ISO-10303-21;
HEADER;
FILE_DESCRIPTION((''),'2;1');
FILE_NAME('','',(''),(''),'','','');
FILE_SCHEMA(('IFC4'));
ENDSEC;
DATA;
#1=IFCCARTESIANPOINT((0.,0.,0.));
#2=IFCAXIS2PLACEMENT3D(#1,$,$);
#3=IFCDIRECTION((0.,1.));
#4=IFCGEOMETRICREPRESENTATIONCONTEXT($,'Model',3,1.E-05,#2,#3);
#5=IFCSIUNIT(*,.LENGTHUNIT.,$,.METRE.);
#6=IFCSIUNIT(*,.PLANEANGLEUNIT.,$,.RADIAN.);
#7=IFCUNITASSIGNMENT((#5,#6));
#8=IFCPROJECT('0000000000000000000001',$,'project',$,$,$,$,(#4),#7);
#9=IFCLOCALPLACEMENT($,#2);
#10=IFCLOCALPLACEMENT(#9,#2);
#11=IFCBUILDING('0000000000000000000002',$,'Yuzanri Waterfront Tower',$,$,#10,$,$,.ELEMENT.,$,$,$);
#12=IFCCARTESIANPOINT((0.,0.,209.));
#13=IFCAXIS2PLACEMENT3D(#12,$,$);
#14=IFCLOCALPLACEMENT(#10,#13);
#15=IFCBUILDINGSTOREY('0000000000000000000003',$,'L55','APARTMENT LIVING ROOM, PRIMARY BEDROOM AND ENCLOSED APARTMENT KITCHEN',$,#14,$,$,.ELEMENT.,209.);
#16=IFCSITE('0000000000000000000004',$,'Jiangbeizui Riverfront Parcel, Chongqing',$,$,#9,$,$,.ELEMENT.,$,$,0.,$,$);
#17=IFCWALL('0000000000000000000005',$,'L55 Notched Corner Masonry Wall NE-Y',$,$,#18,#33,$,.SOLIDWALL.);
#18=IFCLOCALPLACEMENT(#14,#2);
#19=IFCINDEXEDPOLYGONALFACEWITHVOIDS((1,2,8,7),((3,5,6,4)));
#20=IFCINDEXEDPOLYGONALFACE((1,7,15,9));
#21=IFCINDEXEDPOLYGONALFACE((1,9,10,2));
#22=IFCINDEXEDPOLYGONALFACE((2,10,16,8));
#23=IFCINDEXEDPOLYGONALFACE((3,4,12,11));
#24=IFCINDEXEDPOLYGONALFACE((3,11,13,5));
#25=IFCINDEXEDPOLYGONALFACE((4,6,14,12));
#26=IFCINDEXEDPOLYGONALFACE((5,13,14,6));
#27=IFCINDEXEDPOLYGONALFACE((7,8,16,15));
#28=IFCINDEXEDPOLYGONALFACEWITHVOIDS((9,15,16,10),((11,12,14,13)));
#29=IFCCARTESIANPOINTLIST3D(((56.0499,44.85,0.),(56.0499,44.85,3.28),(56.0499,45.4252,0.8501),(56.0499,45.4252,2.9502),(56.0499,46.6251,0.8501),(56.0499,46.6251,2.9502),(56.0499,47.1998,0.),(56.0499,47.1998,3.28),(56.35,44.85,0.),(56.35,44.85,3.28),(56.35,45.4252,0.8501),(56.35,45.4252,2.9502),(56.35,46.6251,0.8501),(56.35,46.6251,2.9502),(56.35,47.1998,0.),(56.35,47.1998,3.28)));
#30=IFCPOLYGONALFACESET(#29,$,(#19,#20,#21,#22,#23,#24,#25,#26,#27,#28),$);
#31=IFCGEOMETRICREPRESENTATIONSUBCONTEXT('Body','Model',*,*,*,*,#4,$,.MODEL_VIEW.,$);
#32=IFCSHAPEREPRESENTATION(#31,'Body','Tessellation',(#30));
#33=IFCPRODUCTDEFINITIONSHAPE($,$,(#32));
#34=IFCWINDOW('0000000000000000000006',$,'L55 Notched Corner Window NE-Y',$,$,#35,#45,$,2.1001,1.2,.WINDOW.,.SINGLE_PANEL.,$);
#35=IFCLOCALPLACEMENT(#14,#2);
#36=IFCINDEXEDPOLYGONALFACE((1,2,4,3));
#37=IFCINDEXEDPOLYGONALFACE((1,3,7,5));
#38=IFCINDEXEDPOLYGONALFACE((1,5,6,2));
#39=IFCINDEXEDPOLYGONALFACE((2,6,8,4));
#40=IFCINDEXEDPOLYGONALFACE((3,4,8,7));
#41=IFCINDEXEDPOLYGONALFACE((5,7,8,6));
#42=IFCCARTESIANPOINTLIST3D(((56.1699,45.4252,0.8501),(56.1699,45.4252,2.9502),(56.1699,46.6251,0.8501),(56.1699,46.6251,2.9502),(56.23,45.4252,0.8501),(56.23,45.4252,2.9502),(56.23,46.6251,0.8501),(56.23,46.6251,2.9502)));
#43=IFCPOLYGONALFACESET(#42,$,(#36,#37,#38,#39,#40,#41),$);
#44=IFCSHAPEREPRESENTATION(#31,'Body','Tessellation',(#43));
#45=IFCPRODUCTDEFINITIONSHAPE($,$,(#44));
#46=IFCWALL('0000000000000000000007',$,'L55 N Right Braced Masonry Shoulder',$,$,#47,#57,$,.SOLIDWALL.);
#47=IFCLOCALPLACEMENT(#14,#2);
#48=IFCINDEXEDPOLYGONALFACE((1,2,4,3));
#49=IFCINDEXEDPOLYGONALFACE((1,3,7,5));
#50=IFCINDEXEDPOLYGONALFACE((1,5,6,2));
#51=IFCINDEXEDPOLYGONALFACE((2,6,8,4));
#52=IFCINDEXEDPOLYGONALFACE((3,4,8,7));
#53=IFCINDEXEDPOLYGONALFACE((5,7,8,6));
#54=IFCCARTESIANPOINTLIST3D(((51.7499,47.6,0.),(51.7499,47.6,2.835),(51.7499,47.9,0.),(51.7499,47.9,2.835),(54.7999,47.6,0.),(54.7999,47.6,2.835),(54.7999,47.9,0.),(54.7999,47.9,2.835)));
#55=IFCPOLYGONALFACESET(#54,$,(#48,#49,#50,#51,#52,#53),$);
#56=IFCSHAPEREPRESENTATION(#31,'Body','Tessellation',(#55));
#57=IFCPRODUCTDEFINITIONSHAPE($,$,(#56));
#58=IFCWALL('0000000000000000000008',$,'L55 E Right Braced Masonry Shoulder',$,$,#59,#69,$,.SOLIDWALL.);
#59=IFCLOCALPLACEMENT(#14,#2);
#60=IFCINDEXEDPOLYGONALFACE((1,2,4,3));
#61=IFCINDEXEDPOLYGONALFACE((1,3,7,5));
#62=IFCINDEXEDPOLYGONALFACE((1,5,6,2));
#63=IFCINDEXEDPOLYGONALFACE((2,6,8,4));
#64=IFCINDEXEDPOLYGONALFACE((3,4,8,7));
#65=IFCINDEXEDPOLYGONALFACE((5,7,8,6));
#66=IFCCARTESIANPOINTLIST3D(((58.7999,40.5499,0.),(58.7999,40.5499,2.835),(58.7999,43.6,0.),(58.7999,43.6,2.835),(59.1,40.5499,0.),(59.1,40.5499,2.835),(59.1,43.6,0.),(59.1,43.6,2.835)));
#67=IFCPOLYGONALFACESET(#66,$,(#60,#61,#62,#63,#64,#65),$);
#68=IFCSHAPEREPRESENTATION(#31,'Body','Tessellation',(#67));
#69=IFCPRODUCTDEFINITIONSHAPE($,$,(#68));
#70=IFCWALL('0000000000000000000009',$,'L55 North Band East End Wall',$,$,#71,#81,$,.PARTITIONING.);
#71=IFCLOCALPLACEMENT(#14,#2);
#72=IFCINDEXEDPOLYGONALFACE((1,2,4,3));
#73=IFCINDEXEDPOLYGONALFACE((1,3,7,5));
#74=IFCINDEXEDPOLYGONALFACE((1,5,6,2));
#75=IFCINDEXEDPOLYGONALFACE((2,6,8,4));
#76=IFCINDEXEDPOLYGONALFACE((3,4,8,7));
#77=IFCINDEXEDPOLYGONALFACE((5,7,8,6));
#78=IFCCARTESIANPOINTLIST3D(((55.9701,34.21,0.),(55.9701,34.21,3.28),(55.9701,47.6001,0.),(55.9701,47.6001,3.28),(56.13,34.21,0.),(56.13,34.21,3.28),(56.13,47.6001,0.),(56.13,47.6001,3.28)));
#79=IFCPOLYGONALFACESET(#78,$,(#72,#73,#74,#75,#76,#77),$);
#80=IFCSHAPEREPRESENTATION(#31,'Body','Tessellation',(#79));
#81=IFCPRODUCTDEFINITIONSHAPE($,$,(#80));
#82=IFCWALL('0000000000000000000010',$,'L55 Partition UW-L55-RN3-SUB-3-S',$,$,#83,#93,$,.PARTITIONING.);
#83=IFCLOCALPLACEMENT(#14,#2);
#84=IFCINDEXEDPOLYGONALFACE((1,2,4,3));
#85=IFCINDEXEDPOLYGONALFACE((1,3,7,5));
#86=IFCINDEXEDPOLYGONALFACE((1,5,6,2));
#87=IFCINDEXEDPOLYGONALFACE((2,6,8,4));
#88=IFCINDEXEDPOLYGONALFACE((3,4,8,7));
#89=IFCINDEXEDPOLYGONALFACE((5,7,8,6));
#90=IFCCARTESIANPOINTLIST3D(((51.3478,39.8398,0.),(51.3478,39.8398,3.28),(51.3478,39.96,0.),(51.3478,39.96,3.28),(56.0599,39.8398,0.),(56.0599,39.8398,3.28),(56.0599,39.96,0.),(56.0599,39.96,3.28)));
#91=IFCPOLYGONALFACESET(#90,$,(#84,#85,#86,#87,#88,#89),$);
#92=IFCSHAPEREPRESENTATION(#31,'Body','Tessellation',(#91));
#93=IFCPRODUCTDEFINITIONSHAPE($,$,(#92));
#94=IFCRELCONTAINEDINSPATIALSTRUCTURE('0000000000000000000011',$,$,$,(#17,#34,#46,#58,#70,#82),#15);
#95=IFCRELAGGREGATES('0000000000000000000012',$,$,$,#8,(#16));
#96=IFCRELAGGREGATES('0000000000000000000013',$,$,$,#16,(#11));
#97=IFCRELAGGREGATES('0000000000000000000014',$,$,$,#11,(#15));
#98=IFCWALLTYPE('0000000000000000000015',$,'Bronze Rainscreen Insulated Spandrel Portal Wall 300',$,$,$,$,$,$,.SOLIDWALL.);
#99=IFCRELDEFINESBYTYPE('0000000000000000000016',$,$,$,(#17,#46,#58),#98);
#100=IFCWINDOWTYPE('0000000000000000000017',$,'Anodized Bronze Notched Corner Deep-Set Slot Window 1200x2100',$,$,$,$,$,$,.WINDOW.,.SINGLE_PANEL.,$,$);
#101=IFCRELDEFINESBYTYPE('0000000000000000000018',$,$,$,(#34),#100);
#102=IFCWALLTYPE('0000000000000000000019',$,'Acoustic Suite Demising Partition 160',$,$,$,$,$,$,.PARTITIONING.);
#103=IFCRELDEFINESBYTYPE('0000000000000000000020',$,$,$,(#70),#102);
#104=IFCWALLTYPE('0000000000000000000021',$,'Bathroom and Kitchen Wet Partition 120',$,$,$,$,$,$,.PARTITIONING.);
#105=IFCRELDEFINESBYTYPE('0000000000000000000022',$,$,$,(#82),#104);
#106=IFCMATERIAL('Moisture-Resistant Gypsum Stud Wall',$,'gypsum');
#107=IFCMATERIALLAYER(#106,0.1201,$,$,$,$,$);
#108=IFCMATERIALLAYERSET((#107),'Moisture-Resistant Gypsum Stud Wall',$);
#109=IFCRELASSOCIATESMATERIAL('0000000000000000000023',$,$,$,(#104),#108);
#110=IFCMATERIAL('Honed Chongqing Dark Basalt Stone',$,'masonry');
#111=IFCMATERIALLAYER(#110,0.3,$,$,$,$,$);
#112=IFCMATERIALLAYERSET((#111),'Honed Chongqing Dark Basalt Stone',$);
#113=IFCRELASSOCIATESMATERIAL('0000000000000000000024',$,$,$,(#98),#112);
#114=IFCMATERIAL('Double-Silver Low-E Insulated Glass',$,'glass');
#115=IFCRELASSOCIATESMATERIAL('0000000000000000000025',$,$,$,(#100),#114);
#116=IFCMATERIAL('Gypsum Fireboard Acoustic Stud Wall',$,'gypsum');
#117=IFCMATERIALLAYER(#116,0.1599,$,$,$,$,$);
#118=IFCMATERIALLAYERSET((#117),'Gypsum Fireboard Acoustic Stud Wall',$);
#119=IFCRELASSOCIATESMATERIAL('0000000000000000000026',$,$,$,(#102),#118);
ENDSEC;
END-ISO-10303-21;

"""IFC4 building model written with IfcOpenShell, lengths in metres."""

from ifc_helpers import new_model, si_unit, direction, frame, frame_2d, origin, place, context, subcontext, project, spatial, rectangle, extrude, source, transform, mapped, material, layer, layer_set, type_object, element, fill, save


model = new_model("IFC4")

# Units and contexts
model_context = context("Model", 3, precision=1e-05, world=origin(), true_north=direction((0.0, 1.0)))
body_context = subcontext(model_context, "Body", "Model", "MODEL_VIEW")
ifc_project = project(units=[si_unit("LENGTHUNIT", "METRE"), si_unit("PLANEANGLEUNIT", "RADIAN")], contexts=[model_context])

# Site, building, storey
site_placement = place(None, origin())
site = spatial("IfcSite", under=ifc_project, at=site_placement, Name="Jiangbeizui Riverfront Parcel, Chongqing", CompositionType="ELEMENT", RefElevation=0.0)
building_placement = place(site_placement, origin())
building = spatial("IfcBuilding", under=site, at=building_placement, Name="Yuzanri Waterfront Tower", CompositionType="ELEMENT")
storey_placement = place(building_placement, frame((0.0, 0.0, 209.0)))
storey = spatial("IfcBuildingStorey", under=building, at=storey_placement, Name="L55", Description="APARTMENT LIVING ROOM, PRIMARY BEDROOM AND ENCLOSED APARTMENT KITCHEN", CompositionType="ELEMENT", Elevation=209.0)

# Shared definitions
ifc_material_1 = material(Name="Moisture-Resistant Gypsum Stud Wall", Category="gypsum")
ifc_layer_1 = layer(ifc_material_1, 0.1201)
ifc_layer_set_1 = layer_set([ifc_layer_1], Name="Moisture-Resistant Gypsum Stud Wall")
wall_type_1 = type_object("IfcWallType", Name="Bathroom and Kitchen Wet Partition 120", PredefinedType="PARTITIONING", material=ifc_layer_set_1)

# Wall, opening, window
ifc_material_2 = material(Name="Honed Chongqing Dark Basalt Stone", Category="masonry")
ifc_layer_2 = layer(ifc_material_2, 0.3)
ifc_layer_set_2 = layer_set([ifc_layer_2], Name="Honed Chongqing Dark Basalt Stone")
wall_type_2 = type_object("IfcWallType", Name="Bronze Rainscreen Insulated Spandrel Portal Wall 300", PredefinedType="SOLIDWALL", material=ifc_layer_set_2)
wall_1_placement = place(storey_placement, frame((56.2, 44.8501, 0.0), z_axis=(0.0, 0.0, 1.0), x_axis=(0.0, 1.0, 0.0)))
wall_1 = element("IfcWall", 1, at=wall_1_placement, inside=storey, type_object=wall_type_2, Name="L55 Notched Corner Masonry Wall NE-Y", PredefinedType="SOLIDWALL", context=body_context, shape_type="SweptSolid", body=[
    extrude(rectangle(XDim=2.3499, YDim=0.3, at=frame_2d((1.1748, 0.0))), origin(), (0.0, 0.0, 1.0), 3.28),
])
opening_1_placement = place(wall_1_placement, frame((0.575, 0.0, 0.8501)))
opening_1 = element("IfcOpeningElement", 2, at=opening_1_placement, cuts=wall_1, PredefinedType="OPENING", context=body_context, shape_type="SweptSolid", body=[
    extrude(rectangle(XDim=1.2, YDim=2.1001, at=frame_2d((0.6001, 1.05))), frame((0.0, 0.165, 0.0), z_axis=(0.0, -1.0, 0.0), x_axis=(1.0, 0.0, 0.0)), (0.0, 0.0, 1.0), 0.3298),
])
ifc_material_3 = material(Name="Double-Silver Low-E Insulated Glass", Category="glass")
window_type_1 = type_object("IfcWindowType", Name="Anodized Bronze Notched Corner Deep-Set Slot Window 1200x2100", PartitioningType="SINGLE_PANEL", PredefinedType="WINDOW", material=ifc_material_3)
shared_shape_1 = source(origin(), body_context, "Body", "SweptSolid", [
    extrude(rectangle(XDim=1.2, YDim=2.1001, at=frame_2d((0.6001, 1.05))), frame((0.0, 0.03, 0.0), z_axis=(0.0, -1.0, 0.0), x_axis=(1.0, 0.0, 0.0)), (0.0, 0.0, 1.0), 0.0601),
])
window_1_placement = place(opening_1_placement, origin())
window_1 = element("IfcWindow", 3, at=window_1_placement, inside=storey, type_object=window_type_1, Name="L55 Notched Corner Window NE-Y", OverallHeight=2.1001, OverallWidth=1.2, PartitioningType="SINGLE_PANEL", PredefinedType="WINDOW", context=body_context, shape_type="MappedRepresentation", body=[
    mapped(shared_shape_1, transform((0.0, 0.0, 0.0), scale=1.0)),
])
fill(opening_1, window_1)

# Walls
shared_shape_2 = source(origin(), body_context, "Body", "SweptSolid", [
    extrude(rectangle(XDim=3.05, YDim=0.3, at=frame_2d((1.5249, 0.0))), origin(), (0.0, 0.0, 1.0), 2.835),
])
for number, where, z_axis, x_axis, name in (
    (4, (51.75, 47.75, 0.0), (0.0, 0.0, 1.0), (1.0, 0.0, 0.0), "L55 N Right Braced Masonry Shoulder"),
    (5, (58.95, 40.55, 0.0), (0.0, 0.0, 1.0), (0.0, 1.0, 0.0), "L55 E Right Braced Masonry Shoulder"),
):
    element("IfcWall", number, at=place(storey_placement, frame(where, z_axis=z_axis, x_axis=x_axis)), inside=storey, type_object=wall_type_2, Name=name, PredefinedType="SOLIDWALL", context=body_context, shape_type="MappedRepresentation", body=[
        mapped(shared_shape_2, transform((0.0, 0.0, 0.0), scale=1.0)),
    ])
ifc_material_4 = material(Name="Gypsum Fireboard Acoustic Stud Wall", Category="gypsum")
ifc_layer_3 = layer(ifc_material_4, 0.1599)
ifc_layer_set_3 = layer_set([ifc_layer_3], Name="Gypsum Fireboard Acoustic Stud Wall")
wall_type_3 = type_object("IfcWallType", Name="Acoustic Suite Demising Partition 160", PredefinedType="PARTITIONING", material=ifc_layer_set_3)
shared_shape_3 = source(origin(), body_context, "Body", "SweptSolid", [
    extrude(rectangle(XDim=13.3901, YDim=0.1599, at=frame_2d((6.6951, 0.0))), origin(), (0.0, 0.0, 1.0), 3.28),
])
wall_2_placement = place(storey_placement, frame((56.05, 34.21, 0.0), z_axis=(0.0, 0.0, 1.0), x_axis=(0.0, 1.0, 0.0)))
element("IfcWall", 6, at=wall_2_placement, inside=storey, type_object=wall_type_3, Name="L55 North Band East End Wall", PredefinedType="PARTITIONING", context=body_context, shape_type="MappedRepresentation", body=[
    mapped(shared_shape_3, transform((0.0, 0.0, 0.0), scale=1.0)),
])
shared_shape_4 = source(origin(), body_context, "Body", "SweptSolid", [
    extrude(rectangle(XDim=4.7122, YDim=0.1201, at=frame_2d((2.356, 0.0))), origin(), (0.0, 0.0, 1.0), 3.28),
])
wall_3_placement = place(storey_placement, frame((51.3479, 39.8999, 0.0), z_axis=(0.0, 0.0, 1.0), x_axis=(1.0, 0.0, 0.0)))
element("IfcWall", 7, at=wall_3_placement, inside=storey, type_object=wall_type_1, Name="L55 Partition UW-L55-RN3-SUB-3-S", PredefinedType="PARTITIONING", context=body_context, shape_type="MappedRepresentation", body=[
    mapped(shared_shape_4, transform((0.0, 0.0, 0.0), scale=1.0)),
])

save(model, "model.ifc")
